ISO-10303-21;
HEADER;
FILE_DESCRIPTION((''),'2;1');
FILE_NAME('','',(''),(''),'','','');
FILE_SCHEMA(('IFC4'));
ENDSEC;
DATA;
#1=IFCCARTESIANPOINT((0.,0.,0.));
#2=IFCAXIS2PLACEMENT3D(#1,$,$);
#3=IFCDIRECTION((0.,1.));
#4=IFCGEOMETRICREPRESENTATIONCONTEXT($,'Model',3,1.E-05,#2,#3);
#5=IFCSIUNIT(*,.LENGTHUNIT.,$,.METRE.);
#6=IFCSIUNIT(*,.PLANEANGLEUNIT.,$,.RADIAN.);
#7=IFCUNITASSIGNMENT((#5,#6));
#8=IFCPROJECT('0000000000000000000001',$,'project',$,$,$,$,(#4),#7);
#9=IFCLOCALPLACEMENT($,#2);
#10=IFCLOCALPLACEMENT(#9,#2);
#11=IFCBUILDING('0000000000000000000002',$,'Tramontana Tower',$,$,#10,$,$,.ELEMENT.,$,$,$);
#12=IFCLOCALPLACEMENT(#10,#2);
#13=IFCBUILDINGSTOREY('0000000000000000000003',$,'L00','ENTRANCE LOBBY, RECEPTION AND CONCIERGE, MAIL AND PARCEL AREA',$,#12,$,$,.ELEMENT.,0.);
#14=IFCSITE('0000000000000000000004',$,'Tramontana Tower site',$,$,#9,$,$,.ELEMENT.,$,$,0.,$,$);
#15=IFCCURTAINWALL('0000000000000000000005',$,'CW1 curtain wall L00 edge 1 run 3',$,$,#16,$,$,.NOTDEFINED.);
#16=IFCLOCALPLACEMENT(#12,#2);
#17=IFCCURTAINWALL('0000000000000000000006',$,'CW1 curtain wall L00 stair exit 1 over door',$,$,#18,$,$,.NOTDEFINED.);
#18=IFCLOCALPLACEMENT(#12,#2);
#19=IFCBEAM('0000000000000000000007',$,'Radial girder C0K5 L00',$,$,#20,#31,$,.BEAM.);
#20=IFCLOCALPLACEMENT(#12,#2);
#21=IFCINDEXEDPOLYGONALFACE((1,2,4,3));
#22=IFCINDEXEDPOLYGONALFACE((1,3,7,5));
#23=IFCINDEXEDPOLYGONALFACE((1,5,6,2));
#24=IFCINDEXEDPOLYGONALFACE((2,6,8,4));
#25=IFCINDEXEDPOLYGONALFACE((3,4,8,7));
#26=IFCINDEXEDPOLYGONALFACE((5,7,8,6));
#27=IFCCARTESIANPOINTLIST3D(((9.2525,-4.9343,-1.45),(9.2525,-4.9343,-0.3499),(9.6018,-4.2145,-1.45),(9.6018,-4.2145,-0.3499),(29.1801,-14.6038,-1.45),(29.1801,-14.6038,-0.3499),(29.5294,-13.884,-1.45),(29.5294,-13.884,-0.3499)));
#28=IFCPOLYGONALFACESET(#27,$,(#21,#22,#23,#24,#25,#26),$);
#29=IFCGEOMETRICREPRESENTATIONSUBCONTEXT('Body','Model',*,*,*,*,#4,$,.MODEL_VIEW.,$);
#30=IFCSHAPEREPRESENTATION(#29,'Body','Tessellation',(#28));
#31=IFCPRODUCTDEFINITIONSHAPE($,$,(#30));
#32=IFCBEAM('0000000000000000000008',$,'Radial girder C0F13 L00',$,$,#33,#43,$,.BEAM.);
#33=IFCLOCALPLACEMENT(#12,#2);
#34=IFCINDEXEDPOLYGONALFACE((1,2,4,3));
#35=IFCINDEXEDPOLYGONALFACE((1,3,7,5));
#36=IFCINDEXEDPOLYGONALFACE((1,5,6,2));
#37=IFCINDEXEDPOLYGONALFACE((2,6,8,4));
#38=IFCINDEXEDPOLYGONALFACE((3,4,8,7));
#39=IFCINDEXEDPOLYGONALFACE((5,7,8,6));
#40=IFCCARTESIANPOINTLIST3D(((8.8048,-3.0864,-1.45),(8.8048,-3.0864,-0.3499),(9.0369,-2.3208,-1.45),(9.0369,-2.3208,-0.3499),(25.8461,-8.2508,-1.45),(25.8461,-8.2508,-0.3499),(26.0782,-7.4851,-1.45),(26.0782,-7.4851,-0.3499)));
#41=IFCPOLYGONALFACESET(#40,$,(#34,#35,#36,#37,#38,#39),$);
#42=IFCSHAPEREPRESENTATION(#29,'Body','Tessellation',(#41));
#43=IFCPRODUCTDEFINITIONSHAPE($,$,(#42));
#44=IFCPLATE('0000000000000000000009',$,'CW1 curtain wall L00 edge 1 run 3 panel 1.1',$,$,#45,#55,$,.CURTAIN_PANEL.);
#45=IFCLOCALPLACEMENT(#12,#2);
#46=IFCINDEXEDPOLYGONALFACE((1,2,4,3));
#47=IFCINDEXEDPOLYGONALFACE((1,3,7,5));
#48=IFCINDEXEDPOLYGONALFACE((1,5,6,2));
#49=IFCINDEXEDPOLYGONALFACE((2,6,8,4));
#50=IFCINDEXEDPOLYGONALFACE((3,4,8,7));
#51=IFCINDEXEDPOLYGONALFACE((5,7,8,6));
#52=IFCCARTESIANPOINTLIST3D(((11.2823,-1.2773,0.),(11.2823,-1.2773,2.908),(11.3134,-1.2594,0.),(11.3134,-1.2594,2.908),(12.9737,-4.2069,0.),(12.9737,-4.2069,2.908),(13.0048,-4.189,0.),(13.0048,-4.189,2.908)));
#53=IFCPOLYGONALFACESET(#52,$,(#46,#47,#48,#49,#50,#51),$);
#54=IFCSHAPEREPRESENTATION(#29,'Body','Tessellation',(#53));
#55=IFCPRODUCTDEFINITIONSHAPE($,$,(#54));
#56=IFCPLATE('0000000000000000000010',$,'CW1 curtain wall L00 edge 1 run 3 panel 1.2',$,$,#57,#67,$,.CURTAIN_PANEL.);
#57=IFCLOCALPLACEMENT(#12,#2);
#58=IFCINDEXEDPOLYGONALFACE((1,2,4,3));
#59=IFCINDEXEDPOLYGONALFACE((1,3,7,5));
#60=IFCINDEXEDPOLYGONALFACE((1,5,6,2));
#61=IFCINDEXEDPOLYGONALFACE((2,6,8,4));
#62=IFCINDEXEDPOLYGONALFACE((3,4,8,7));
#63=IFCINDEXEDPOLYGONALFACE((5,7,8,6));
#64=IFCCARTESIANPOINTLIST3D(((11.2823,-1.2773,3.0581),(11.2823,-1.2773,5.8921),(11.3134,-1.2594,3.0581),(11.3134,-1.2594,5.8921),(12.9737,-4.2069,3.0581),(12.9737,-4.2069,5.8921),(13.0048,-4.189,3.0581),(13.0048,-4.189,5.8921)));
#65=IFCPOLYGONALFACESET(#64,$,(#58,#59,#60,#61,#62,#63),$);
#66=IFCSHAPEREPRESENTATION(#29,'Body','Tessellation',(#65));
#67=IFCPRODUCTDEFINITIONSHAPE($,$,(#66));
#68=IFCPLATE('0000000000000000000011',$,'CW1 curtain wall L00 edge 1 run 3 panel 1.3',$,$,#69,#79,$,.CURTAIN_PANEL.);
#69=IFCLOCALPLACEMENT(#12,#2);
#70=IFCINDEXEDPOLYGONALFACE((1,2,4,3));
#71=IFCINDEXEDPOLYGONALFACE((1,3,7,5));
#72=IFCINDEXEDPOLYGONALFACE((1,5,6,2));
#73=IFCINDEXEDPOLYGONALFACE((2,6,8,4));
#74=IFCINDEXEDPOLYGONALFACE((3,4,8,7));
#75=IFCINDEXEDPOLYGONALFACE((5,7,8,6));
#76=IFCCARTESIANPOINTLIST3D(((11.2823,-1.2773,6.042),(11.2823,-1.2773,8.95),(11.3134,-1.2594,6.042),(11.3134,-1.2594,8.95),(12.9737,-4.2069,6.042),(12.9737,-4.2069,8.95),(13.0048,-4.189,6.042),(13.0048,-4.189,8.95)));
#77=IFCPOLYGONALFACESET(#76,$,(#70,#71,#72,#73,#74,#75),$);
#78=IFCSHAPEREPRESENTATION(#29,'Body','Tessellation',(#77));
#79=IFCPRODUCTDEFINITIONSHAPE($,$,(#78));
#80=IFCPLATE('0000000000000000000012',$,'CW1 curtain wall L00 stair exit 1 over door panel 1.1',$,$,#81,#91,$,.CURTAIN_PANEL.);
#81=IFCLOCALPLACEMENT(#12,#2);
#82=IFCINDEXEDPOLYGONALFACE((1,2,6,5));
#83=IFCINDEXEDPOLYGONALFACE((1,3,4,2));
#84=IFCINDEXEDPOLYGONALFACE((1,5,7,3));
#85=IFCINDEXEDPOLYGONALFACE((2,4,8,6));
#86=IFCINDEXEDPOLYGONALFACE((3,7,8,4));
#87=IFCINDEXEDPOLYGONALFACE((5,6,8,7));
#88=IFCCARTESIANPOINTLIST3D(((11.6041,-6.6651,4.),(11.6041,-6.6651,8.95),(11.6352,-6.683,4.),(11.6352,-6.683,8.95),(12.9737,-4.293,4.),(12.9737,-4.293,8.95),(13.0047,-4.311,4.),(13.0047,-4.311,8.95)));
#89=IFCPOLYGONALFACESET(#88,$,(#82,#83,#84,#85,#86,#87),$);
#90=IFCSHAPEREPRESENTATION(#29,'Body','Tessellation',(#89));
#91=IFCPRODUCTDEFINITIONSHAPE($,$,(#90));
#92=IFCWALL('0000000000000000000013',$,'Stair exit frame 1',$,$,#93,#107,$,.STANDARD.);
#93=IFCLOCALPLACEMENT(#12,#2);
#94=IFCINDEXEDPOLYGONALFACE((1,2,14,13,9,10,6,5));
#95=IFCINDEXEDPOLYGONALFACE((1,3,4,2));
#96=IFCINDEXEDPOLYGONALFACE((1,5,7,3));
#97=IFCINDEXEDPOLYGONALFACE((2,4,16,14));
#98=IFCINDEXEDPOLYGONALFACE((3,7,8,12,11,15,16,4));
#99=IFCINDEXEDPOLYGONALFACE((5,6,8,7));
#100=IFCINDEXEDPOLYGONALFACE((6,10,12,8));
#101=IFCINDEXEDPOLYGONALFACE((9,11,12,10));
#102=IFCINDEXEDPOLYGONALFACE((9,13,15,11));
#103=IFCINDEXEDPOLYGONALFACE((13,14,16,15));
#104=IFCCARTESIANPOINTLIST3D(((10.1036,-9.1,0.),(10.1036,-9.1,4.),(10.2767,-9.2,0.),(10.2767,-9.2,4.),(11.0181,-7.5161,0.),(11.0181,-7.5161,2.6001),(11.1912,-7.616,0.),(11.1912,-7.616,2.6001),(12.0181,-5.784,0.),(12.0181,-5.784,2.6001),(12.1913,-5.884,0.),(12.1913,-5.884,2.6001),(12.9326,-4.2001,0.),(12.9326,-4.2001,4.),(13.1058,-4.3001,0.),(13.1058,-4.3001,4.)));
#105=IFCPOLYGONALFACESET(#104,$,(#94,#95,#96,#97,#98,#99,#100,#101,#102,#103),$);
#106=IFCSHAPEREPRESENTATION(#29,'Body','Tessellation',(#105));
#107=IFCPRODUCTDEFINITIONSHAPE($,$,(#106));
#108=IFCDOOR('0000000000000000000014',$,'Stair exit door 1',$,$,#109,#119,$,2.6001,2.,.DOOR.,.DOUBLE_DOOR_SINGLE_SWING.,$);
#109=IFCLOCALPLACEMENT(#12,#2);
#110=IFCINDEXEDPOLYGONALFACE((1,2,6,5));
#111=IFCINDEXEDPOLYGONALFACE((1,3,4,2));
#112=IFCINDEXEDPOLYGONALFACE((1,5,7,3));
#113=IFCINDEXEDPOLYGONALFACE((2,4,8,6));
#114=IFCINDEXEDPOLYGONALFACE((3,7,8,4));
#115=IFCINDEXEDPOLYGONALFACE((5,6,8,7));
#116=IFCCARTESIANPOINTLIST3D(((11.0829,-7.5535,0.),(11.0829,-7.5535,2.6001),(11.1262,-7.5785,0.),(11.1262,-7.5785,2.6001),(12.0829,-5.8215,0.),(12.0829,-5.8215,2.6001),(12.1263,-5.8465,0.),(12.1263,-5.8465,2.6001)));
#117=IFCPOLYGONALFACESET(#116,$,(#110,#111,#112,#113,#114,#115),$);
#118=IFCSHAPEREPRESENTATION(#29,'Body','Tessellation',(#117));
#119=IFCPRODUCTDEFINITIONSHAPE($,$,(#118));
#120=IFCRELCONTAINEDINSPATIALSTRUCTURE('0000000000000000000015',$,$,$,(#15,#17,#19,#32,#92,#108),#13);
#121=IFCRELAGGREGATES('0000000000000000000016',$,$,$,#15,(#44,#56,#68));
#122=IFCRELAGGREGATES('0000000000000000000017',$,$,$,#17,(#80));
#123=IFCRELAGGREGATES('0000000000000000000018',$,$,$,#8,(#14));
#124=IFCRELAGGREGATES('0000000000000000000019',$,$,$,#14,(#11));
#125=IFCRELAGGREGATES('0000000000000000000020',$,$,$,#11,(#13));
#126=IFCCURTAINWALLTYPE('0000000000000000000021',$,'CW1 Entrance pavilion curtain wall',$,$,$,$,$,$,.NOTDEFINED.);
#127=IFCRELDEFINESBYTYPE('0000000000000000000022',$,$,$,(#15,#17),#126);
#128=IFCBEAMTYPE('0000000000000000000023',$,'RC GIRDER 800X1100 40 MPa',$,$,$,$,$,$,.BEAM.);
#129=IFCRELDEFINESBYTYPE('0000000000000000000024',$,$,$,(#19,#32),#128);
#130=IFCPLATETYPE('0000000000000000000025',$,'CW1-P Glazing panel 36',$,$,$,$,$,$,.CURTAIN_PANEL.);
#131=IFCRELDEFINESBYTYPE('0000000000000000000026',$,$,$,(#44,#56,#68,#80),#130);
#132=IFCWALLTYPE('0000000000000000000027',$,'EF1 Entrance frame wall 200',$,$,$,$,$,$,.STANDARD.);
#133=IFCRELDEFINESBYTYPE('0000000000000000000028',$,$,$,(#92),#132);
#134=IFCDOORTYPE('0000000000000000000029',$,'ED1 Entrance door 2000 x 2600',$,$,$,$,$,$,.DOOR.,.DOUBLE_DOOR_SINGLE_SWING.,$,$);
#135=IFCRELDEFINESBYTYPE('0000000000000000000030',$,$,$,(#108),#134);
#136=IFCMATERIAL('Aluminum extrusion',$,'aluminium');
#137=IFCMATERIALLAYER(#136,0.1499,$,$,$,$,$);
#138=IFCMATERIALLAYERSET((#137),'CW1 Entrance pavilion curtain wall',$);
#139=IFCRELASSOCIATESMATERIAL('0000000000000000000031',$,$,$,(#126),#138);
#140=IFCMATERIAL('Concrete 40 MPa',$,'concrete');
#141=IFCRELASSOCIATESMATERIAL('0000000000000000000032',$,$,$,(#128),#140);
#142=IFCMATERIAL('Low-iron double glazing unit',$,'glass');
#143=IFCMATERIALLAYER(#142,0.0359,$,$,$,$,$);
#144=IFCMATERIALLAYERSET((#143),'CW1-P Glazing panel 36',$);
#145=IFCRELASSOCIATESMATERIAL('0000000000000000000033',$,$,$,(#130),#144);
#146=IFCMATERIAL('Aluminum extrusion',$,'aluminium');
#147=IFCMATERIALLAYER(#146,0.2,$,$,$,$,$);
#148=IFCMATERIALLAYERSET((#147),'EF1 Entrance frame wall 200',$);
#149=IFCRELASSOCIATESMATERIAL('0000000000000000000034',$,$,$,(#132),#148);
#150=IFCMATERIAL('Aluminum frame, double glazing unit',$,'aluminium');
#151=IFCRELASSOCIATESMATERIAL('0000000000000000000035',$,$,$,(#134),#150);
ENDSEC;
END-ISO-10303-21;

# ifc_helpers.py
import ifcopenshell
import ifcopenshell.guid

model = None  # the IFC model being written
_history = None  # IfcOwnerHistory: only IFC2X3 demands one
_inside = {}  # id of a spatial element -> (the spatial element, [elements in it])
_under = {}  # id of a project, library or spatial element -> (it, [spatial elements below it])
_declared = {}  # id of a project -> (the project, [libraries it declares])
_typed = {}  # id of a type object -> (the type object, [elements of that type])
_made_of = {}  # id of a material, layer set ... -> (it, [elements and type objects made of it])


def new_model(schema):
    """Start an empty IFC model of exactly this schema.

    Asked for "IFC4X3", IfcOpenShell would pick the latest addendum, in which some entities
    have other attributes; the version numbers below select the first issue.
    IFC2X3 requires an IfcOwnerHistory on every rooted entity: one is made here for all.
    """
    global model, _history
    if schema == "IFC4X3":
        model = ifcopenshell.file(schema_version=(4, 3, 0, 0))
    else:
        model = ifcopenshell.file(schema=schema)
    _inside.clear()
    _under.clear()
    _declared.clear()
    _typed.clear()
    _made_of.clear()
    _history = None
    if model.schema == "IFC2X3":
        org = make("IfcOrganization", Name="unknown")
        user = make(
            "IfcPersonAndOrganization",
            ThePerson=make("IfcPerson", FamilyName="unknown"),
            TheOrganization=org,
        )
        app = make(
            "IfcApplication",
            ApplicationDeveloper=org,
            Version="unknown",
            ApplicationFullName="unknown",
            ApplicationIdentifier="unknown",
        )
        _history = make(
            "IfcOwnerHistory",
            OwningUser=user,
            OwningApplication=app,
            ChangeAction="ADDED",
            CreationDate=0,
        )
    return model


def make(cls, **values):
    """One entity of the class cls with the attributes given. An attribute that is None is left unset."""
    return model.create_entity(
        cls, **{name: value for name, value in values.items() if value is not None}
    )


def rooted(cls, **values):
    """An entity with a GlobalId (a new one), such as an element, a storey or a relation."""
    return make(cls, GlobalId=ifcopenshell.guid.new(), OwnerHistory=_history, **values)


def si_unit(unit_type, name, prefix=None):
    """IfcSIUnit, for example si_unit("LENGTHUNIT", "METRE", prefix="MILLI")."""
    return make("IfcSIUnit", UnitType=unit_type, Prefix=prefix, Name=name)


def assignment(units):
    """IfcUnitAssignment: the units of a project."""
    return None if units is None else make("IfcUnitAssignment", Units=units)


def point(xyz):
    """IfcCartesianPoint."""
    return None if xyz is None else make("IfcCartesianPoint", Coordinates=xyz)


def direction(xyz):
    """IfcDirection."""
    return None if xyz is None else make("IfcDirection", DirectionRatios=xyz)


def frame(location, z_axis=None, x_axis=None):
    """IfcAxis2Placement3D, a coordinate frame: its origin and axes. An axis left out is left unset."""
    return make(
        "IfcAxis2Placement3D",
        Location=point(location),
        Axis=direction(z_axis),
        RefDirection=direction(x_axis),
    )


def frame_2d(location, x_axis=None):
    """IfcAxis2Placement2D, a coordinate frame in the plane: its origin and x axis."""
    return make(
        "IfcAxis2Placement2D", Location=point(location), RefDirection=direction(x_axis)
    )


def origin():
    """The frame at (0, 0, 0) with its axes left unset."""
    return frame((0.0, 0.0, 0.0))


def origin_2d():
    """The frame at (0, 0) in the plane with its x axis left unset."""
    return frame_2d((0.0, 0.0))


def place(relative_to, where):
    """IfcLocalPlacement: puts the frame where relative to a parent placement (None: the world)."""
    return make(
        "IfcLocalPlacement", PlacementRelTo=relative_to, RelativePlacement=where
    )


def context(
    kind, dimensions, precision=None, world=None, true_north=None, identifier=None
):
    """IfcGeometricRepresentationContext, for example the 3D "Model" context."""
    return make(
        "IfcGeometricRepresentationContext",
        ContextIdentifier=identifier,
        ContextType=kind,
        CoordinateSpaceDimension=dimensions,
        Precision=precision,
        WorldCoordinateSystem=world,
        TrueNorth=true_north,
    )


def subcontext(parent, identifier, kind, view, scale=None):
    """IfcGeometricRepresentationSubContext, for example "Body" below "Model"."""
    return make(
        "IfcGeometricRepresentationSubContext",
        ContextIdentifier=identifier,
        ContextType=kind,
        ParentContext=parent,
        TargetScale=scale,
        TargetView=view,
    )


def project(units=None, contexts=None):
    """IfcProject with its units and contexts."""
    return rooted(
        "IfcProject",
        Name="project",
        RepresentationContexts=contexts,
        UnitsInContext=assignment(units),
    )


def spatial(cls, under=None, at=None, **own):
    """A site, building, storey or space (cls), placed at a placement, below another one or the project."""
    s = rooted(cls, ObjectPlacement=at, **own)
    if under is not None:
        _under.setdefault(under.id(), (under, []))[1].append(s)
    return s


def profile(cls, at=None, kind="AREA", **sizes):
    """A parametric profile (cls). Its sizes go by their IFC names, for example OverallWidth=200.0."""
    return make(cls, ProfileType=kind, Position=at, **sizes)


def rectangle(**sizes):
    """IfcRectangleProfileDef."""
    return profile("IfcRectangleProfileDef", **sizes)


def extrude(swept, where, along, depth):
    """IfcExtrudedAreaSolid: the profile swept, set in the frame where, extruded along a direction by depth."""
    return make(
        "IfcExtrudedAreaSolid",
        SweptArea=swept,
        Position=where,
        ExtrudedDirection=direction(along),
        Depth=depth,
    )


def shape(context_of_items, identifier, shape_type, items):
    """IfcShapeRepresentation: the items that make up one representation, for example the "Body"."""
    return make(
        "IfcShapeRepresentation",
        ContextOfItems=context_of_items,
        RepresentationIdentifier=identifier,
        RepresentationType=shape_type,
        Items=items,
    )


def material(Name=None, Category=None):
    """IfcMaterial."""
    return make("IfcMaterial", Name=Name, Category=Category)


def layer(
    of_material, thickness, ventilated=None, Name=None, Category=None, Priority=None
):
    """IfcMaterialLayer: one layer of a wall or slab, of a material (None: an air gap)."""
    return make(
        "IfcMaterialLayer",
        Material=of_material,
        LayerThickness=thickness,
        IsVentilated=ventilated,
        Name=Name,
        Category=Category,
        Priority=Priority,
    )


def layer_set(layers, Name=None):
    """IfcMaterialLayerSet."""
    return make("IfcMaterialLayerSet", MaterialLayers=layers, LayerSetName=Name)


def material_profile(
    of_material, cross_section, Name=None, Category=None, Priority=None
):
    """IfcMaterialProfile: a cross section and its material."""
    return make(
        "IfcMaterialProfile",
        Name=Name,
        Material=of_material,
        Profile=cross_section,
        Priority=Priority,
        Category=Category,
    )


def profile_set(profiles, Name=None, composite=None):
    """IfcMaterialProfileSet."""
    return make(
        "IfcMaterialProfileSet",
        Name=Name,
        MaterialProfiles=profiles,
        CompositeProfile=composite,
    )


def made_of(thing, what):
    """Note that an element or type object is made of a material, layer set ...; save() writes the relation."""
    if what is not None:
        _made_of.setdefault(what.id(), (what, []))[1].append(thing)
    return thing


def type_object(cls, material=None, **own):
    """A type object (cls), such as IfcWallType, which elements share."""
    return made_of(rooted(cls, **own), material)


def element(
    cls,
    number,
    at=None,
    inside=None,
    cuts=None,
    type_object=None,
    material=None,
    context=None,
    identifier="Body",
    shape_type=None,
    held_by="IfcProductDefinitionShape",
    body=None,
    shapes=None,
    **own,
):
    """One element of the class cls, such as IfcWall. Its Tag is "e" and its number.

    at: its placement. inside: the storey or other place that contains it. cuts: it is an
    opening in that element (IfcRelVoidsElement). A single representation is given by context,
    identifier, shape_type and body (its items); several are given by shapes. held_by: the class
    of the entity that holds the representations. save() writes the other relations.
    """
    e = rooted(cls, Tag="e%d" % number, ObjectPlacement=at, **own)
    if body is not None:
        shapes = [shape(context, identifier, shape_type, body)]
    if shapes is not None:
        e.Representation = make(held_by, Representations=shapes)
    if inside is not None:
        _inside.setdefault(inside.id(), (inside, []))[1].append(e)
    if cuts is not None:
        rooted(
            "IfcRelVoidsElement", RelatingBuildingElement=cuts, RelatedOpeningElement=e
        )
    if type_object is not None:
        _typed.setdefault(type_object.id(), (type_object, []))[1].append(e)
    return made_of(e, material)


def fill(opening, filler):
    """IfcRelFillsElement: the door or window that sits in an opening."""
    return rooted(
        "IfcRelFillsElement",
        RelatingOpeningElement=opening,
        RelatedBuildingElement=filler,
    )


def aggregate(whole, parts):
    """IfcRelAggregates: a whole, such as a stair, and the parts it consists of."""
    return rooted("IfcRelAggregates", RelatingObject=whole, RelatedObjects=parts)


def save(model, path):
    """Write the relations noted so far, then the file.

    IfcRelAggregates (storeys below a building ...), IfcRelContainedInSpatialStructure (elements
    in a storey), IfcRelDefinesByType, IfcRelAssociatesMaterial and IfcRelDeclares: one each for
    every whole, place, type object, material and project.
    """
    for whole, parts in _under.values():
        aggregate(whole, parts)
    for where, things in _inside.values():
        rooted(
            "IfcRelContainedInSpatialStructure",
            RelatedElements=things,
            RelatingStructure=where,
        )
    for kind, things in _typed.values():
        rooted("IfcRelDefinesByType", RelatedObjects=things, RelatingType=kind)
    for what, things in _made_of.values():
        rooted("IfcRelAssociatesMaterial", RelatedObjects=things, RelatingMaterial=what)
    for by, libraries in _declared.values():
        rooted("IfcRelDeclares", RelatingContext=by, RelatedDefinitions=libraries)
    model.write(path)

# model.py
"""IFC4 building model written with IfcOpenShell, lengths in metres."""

from ifc_helpers import new_model, si_unit, direction, frame, frame_2d, origin, origin_2d, place, context, subcontext, project, spatial, rectangle, extrude, material, layer, layer_set, material_profile, profile_set, type_object, element, fill, aggregate, save


model = new_model("IFC4")

# Units and contexts
model_context = context("Model", 3, precision=1e-05, world=origin(), true_north=direction((0.0, 1.0)))
body_context = subcontext(model_context, "Body", "Model", "MODEL_VIEW")
ifc_project = project(units=[si_unit("LENGTHUNIT", "METRE"), si_unit("PLANEANGLEUNIT", "RADIAN")], contexts=[model_context])

# Site, building, storey
site_placement = place(None, origin())
site = spatial("IfcSite", under=ifc_project, at=site_placement, Name="Tramontana Tower site", CompositionType="ELEMENT", RefElevation=0.0)
building_placement = place(site_placement, origin())
building = spatial("IfcBuilding", under=site, at=building_placement, Name="Tramontana Tower", CompositionType="ELEMENT")
storey_placement = place(building_placement, origin())
storey = spatial("IfcBuildingStorey", under=building, at=storey_placement, Name="L00", Description="ENTRANCE LOBBY, RECEPTION AND CONCIERGE, MAIL AND PARCEL AREA", CompositionType="ELEMENT", Elevation=0.0)

# Curtain wall
ifc_material_1 = material(Name="Aluminum extrusion", Category="aluminium")
ifc_layer_1 = layer(ifc_material_1, 0.1499)
ifc_layer_set_1 = layer_set([ifc_layer_1], Name="CW1 Entrance pavilion curtain wall")
curtain_wall_type = type_object("IfcCurtainWallType", Name="CW1 Entrance pavilion curtain wall", PredefinedType="NOTDEFINED", material=ifc_layer_set_1)
curtain_wall_1_placement = place(storey_placement, origin())
curtain_wall_1 = element("IfcCurtainWall", 1, at=curtain_wall_1_placement, inside=storey, type_object=curtain_wall_type, Name="CW1 curtain wall L00 edge 1 run 3", PredefinedType="NOTDEFINED")

# Curtain wall
curtain_wall_2_placement = place(storey_placement, origin())
curtain_wall_2 = element("IfcCurtainWall", 2, at=curtain_wall_2_placement, inside=storey, type_object=curtain_wall_type, Name="CW1 curtain wall L00 stair exit 1 over door", PredefinedType="NOTDEFINED")

# Beams
ifc_material_2 = material(Name="Concrete 40 MPa", Category="concrete")
ifc_material_profile_1 = material_profile(ifc_material_2, rectangle(XDim=0.8, YDim=1.1001, at=origin_2d()), Name="RC GIRDER 800X1100 40 MPa")
ifc_profile_set_1 = profile_set([ifc_material_profile_1], Name="Concrete 40 MPa")
beam_type_1 = type_object("IfcBeamType", Name="RC GIRDER 800X1100 40 MPa", PredefinedType="BEAM", material=ifc_profile_set_1)
beam_1_placement = place(storey_placement, frame((29.3547, -14.2439, -0.8999), z_axis=(-0.899679, 0.436552, 0.0), x_axis=(-0.436552, -0.899679, 0.0)))
element("IfcBeam", 3, at=beam_1_placement, inside=storey, type_object=beam_type_1, Name="Radial girder C0K5 L00", PredefinedType="BEAM", context=body_context, shape_type="SweptSolid", body=[
    extrude(rectangle(XDim=0.8, YDim=1.1001, at=origin_2d()), origin(), (0.0, 0.0, 1.0), 22.1497),
])
beam_2_placement = place(storey_placement, frame((25.9622, -7.8679, -0.8999), z_axis=(-0.95702, 0.290022, 0.0), x_axis=(-0.290022, -0.95702, 0.0)))
element("IfcBeam", 4, at=beam_2_placement, inside=storey, type_object=beam_type_1, Name="Radial girder C0F13 L00", PredefinedType="BEAM", context=body_context, shape_type="SweptSolid", body=[
    extrude(rectangle(XDim=0.8, YDim=1.1001, at=origin_2d()), origin(), (0.0, 0.0, 1.0), 17.8066),
])

# Plates
ifc_material_3 = material(Name="Low-iron double glazing unit", Category="glass")
ifc_layer_2 = layer(ifc_material_3, 0.0359)
ifc_layer_set_2 = layer_set([ifc_layer_2], Name="CW1-P Glazing panel 36")
plate_type = type_object("IfcPlateType", Name="CW1-P Glazing panel 36", PredefinedType="CURTAIN_PANEL", material=ifc_layer_set_2)
plate_1_placement = place(storey_placement, frame((12.1436, -2.7332, 0.0), z_axis=(0.0, 0.0, 1.0), x_axis=(0.5, -0.866025, 0.0)))
plate_1 = element("IfcPlate", 5, at=plate_1_placement, type_object=plate_type, Name="CW1 curtain wall L00 edge 1 run 3 panel 1.1", PredefinedType="CURTAIN_PANEL", context=body_context, shape_type="SweptSolid", body=[
    extrude(rectangle(XDim=3.3828, YDim=0.0359, at=origin_2d()), origin(), (0.0, 0.0, 1.0), 2.908),
])
plate_2_placement = place(storey_placement, frame((12.1436, -2.7332, 3.0581), z_axis=(0.0, 0.0, 1.0), x_axis=(0.5, -0.866025, 0.0)))
plate_2 = element("IfcPlate", 6, at=plate_2_placement, type_object=plate_type, Name="CW1 curtain wall L00 edge 1 run 3 panel 1.2", PredefinedType="CURTAIN_PANEL", context=body_context, shape_type="SweptSolid", body=[
    extrude(rectangle(XDim=3.3828, YDim=0.0359, at=origin_2d()), origin(), (0.0, 0.0, 1.0), 2.834),
])
plate_3_placement = place(storey_placement, frame((12.1436, -2.7332, 6.042), z_axis=(0.0, 0.0, 1.0), x_axis=(0.5, -0.866025, 0.0)))
plate_3 = element("IfcPlate", 7, at=plate_3_placement, type_object=plate_type, Name="CW1 curtain wall L00 edge 1 run 3 panel 1.3", PredefinedType="CURTAIN_PANEL", context=body_context, shape_type="SweptSolid", body=[
    extrude(rectangle(XDim=3.3828, YDim=0.0359, at=origin_2d()), origin(), (0.0, 0.0, 1.0), 2.908),
])
aggregate(curtain_wall_1, [plate_1, plate_2, plate_3])
plate_4_placement = place(storey_placement, frame((12.3044, -5.488, 4.0), z_axis=(0.0, 0.0, 1.0), x_axis=(-0.5, -0.866025, 0.0)))
plate_4 = element("IfcPlate", 8, at=plate_4_placement, type_object=plate_type, Name="CW1 curtain wall L00 stair exit 1 over door panel 1.1", PredefinedType="CURTAIN_PANEL", context=body_context, shape_type="SweptSolid", body=[
    extrude(rectangle(XDim=2.739, YDim=0.0359, at=origin_2d()), origin(), (0.0, 0.0, 1.0), 4.95),
])
aggregate(curtain_wall_2, [plate_4])

# Wall, opening, door
ifc_material_4 = material(Name="Aluminum extrusion", Category="aluminium")
ifc_layer_3 = layer(ifc_material_4, 0.2)
ifc_layer_set_3 = layer_set([ifc_layer_3], Name="EF1 Entrance frame wall 200")
wall_type = type_object("IfcWallType", Name="EF1 Entrance frame wall 200", PredefinedType="STANDARD", material=ifc_layer_set_3)
wall_placement = place(storey_placement, frame((13.0193, -4.25, 0.0), z_axis=(0.0, 0.0, 1.0), x_axis=(-0.500019, -0.866015, 0.0)))
wall = element("IfcWall", 9, at=wall_placement, inside=storey, type_object=wall_type, Name="Stair exit frame 1", PredefinedType="STANDARD", context=body_context, shape_type="SweptSolid", body=[
    extrude(rectangle(XDim=5.658, YDim=0.2, at=frame_2d((2.8291, 0.0))), origin(), (0.0, 0.0, 1.0), 4.0),
])
opening_placement = place(wall_placement, frame((1.8291, 0.0, 0.0)))
opening = element("IfcOpeningElement", 10, at=opening_placement, cuts=wall, PredefinedType="OPENING", context=body_context, shape_type="SweptSolid", body=[
    extrude(rectangle(XDim=2.0, YDim=2.6001, at=frame_2d((1.0, 1.3))), frame((0.0, 0.1099, 0.0), z_axis=(0.0, -1.0, 0.0), x_axis=(1.0, 0.0, 0.0)), (0.0, 0.0, 1.0), 0.22),
])
ifc_material_5 = material(Name="Aluminum frame, double glazing unit", Category="aluminium")
door_type = type_object("IfcDoorType", Name="ED1 Entrance door 2000 x 2600", OperationType="DOUBLE_DOOR_SINGLE_SWING", PredefinedType="DOOR", material=ifc_material_5)
door_placement = place(opening_placement, origin())
door = element("IfcDoor", 11, at=door_placement, inside=storey, type_object=door_type, Name="Stair exit door 1", OperationType="DOUBLE_DOOR_SINGLE_SWING", OverallHeight=2.6001, OverallWidth=2.0, PredefinedType="DOOR", context=body_context, shape_type="SweptSolid", body=[
    extrude(rectangle(XDim=2.0, YDim=2.6001, at=frame_2d((1.0, 1.3))), frame((0.0, 0.0249, 0.0), z_axis=(0.0, -1.0, 0.0), x_axis=(1.0, 0.0, 0.0)), (0.0, 0.0, 1.0), 0.05),
])
fill(opening, door)

save(model, "model.ifc")
